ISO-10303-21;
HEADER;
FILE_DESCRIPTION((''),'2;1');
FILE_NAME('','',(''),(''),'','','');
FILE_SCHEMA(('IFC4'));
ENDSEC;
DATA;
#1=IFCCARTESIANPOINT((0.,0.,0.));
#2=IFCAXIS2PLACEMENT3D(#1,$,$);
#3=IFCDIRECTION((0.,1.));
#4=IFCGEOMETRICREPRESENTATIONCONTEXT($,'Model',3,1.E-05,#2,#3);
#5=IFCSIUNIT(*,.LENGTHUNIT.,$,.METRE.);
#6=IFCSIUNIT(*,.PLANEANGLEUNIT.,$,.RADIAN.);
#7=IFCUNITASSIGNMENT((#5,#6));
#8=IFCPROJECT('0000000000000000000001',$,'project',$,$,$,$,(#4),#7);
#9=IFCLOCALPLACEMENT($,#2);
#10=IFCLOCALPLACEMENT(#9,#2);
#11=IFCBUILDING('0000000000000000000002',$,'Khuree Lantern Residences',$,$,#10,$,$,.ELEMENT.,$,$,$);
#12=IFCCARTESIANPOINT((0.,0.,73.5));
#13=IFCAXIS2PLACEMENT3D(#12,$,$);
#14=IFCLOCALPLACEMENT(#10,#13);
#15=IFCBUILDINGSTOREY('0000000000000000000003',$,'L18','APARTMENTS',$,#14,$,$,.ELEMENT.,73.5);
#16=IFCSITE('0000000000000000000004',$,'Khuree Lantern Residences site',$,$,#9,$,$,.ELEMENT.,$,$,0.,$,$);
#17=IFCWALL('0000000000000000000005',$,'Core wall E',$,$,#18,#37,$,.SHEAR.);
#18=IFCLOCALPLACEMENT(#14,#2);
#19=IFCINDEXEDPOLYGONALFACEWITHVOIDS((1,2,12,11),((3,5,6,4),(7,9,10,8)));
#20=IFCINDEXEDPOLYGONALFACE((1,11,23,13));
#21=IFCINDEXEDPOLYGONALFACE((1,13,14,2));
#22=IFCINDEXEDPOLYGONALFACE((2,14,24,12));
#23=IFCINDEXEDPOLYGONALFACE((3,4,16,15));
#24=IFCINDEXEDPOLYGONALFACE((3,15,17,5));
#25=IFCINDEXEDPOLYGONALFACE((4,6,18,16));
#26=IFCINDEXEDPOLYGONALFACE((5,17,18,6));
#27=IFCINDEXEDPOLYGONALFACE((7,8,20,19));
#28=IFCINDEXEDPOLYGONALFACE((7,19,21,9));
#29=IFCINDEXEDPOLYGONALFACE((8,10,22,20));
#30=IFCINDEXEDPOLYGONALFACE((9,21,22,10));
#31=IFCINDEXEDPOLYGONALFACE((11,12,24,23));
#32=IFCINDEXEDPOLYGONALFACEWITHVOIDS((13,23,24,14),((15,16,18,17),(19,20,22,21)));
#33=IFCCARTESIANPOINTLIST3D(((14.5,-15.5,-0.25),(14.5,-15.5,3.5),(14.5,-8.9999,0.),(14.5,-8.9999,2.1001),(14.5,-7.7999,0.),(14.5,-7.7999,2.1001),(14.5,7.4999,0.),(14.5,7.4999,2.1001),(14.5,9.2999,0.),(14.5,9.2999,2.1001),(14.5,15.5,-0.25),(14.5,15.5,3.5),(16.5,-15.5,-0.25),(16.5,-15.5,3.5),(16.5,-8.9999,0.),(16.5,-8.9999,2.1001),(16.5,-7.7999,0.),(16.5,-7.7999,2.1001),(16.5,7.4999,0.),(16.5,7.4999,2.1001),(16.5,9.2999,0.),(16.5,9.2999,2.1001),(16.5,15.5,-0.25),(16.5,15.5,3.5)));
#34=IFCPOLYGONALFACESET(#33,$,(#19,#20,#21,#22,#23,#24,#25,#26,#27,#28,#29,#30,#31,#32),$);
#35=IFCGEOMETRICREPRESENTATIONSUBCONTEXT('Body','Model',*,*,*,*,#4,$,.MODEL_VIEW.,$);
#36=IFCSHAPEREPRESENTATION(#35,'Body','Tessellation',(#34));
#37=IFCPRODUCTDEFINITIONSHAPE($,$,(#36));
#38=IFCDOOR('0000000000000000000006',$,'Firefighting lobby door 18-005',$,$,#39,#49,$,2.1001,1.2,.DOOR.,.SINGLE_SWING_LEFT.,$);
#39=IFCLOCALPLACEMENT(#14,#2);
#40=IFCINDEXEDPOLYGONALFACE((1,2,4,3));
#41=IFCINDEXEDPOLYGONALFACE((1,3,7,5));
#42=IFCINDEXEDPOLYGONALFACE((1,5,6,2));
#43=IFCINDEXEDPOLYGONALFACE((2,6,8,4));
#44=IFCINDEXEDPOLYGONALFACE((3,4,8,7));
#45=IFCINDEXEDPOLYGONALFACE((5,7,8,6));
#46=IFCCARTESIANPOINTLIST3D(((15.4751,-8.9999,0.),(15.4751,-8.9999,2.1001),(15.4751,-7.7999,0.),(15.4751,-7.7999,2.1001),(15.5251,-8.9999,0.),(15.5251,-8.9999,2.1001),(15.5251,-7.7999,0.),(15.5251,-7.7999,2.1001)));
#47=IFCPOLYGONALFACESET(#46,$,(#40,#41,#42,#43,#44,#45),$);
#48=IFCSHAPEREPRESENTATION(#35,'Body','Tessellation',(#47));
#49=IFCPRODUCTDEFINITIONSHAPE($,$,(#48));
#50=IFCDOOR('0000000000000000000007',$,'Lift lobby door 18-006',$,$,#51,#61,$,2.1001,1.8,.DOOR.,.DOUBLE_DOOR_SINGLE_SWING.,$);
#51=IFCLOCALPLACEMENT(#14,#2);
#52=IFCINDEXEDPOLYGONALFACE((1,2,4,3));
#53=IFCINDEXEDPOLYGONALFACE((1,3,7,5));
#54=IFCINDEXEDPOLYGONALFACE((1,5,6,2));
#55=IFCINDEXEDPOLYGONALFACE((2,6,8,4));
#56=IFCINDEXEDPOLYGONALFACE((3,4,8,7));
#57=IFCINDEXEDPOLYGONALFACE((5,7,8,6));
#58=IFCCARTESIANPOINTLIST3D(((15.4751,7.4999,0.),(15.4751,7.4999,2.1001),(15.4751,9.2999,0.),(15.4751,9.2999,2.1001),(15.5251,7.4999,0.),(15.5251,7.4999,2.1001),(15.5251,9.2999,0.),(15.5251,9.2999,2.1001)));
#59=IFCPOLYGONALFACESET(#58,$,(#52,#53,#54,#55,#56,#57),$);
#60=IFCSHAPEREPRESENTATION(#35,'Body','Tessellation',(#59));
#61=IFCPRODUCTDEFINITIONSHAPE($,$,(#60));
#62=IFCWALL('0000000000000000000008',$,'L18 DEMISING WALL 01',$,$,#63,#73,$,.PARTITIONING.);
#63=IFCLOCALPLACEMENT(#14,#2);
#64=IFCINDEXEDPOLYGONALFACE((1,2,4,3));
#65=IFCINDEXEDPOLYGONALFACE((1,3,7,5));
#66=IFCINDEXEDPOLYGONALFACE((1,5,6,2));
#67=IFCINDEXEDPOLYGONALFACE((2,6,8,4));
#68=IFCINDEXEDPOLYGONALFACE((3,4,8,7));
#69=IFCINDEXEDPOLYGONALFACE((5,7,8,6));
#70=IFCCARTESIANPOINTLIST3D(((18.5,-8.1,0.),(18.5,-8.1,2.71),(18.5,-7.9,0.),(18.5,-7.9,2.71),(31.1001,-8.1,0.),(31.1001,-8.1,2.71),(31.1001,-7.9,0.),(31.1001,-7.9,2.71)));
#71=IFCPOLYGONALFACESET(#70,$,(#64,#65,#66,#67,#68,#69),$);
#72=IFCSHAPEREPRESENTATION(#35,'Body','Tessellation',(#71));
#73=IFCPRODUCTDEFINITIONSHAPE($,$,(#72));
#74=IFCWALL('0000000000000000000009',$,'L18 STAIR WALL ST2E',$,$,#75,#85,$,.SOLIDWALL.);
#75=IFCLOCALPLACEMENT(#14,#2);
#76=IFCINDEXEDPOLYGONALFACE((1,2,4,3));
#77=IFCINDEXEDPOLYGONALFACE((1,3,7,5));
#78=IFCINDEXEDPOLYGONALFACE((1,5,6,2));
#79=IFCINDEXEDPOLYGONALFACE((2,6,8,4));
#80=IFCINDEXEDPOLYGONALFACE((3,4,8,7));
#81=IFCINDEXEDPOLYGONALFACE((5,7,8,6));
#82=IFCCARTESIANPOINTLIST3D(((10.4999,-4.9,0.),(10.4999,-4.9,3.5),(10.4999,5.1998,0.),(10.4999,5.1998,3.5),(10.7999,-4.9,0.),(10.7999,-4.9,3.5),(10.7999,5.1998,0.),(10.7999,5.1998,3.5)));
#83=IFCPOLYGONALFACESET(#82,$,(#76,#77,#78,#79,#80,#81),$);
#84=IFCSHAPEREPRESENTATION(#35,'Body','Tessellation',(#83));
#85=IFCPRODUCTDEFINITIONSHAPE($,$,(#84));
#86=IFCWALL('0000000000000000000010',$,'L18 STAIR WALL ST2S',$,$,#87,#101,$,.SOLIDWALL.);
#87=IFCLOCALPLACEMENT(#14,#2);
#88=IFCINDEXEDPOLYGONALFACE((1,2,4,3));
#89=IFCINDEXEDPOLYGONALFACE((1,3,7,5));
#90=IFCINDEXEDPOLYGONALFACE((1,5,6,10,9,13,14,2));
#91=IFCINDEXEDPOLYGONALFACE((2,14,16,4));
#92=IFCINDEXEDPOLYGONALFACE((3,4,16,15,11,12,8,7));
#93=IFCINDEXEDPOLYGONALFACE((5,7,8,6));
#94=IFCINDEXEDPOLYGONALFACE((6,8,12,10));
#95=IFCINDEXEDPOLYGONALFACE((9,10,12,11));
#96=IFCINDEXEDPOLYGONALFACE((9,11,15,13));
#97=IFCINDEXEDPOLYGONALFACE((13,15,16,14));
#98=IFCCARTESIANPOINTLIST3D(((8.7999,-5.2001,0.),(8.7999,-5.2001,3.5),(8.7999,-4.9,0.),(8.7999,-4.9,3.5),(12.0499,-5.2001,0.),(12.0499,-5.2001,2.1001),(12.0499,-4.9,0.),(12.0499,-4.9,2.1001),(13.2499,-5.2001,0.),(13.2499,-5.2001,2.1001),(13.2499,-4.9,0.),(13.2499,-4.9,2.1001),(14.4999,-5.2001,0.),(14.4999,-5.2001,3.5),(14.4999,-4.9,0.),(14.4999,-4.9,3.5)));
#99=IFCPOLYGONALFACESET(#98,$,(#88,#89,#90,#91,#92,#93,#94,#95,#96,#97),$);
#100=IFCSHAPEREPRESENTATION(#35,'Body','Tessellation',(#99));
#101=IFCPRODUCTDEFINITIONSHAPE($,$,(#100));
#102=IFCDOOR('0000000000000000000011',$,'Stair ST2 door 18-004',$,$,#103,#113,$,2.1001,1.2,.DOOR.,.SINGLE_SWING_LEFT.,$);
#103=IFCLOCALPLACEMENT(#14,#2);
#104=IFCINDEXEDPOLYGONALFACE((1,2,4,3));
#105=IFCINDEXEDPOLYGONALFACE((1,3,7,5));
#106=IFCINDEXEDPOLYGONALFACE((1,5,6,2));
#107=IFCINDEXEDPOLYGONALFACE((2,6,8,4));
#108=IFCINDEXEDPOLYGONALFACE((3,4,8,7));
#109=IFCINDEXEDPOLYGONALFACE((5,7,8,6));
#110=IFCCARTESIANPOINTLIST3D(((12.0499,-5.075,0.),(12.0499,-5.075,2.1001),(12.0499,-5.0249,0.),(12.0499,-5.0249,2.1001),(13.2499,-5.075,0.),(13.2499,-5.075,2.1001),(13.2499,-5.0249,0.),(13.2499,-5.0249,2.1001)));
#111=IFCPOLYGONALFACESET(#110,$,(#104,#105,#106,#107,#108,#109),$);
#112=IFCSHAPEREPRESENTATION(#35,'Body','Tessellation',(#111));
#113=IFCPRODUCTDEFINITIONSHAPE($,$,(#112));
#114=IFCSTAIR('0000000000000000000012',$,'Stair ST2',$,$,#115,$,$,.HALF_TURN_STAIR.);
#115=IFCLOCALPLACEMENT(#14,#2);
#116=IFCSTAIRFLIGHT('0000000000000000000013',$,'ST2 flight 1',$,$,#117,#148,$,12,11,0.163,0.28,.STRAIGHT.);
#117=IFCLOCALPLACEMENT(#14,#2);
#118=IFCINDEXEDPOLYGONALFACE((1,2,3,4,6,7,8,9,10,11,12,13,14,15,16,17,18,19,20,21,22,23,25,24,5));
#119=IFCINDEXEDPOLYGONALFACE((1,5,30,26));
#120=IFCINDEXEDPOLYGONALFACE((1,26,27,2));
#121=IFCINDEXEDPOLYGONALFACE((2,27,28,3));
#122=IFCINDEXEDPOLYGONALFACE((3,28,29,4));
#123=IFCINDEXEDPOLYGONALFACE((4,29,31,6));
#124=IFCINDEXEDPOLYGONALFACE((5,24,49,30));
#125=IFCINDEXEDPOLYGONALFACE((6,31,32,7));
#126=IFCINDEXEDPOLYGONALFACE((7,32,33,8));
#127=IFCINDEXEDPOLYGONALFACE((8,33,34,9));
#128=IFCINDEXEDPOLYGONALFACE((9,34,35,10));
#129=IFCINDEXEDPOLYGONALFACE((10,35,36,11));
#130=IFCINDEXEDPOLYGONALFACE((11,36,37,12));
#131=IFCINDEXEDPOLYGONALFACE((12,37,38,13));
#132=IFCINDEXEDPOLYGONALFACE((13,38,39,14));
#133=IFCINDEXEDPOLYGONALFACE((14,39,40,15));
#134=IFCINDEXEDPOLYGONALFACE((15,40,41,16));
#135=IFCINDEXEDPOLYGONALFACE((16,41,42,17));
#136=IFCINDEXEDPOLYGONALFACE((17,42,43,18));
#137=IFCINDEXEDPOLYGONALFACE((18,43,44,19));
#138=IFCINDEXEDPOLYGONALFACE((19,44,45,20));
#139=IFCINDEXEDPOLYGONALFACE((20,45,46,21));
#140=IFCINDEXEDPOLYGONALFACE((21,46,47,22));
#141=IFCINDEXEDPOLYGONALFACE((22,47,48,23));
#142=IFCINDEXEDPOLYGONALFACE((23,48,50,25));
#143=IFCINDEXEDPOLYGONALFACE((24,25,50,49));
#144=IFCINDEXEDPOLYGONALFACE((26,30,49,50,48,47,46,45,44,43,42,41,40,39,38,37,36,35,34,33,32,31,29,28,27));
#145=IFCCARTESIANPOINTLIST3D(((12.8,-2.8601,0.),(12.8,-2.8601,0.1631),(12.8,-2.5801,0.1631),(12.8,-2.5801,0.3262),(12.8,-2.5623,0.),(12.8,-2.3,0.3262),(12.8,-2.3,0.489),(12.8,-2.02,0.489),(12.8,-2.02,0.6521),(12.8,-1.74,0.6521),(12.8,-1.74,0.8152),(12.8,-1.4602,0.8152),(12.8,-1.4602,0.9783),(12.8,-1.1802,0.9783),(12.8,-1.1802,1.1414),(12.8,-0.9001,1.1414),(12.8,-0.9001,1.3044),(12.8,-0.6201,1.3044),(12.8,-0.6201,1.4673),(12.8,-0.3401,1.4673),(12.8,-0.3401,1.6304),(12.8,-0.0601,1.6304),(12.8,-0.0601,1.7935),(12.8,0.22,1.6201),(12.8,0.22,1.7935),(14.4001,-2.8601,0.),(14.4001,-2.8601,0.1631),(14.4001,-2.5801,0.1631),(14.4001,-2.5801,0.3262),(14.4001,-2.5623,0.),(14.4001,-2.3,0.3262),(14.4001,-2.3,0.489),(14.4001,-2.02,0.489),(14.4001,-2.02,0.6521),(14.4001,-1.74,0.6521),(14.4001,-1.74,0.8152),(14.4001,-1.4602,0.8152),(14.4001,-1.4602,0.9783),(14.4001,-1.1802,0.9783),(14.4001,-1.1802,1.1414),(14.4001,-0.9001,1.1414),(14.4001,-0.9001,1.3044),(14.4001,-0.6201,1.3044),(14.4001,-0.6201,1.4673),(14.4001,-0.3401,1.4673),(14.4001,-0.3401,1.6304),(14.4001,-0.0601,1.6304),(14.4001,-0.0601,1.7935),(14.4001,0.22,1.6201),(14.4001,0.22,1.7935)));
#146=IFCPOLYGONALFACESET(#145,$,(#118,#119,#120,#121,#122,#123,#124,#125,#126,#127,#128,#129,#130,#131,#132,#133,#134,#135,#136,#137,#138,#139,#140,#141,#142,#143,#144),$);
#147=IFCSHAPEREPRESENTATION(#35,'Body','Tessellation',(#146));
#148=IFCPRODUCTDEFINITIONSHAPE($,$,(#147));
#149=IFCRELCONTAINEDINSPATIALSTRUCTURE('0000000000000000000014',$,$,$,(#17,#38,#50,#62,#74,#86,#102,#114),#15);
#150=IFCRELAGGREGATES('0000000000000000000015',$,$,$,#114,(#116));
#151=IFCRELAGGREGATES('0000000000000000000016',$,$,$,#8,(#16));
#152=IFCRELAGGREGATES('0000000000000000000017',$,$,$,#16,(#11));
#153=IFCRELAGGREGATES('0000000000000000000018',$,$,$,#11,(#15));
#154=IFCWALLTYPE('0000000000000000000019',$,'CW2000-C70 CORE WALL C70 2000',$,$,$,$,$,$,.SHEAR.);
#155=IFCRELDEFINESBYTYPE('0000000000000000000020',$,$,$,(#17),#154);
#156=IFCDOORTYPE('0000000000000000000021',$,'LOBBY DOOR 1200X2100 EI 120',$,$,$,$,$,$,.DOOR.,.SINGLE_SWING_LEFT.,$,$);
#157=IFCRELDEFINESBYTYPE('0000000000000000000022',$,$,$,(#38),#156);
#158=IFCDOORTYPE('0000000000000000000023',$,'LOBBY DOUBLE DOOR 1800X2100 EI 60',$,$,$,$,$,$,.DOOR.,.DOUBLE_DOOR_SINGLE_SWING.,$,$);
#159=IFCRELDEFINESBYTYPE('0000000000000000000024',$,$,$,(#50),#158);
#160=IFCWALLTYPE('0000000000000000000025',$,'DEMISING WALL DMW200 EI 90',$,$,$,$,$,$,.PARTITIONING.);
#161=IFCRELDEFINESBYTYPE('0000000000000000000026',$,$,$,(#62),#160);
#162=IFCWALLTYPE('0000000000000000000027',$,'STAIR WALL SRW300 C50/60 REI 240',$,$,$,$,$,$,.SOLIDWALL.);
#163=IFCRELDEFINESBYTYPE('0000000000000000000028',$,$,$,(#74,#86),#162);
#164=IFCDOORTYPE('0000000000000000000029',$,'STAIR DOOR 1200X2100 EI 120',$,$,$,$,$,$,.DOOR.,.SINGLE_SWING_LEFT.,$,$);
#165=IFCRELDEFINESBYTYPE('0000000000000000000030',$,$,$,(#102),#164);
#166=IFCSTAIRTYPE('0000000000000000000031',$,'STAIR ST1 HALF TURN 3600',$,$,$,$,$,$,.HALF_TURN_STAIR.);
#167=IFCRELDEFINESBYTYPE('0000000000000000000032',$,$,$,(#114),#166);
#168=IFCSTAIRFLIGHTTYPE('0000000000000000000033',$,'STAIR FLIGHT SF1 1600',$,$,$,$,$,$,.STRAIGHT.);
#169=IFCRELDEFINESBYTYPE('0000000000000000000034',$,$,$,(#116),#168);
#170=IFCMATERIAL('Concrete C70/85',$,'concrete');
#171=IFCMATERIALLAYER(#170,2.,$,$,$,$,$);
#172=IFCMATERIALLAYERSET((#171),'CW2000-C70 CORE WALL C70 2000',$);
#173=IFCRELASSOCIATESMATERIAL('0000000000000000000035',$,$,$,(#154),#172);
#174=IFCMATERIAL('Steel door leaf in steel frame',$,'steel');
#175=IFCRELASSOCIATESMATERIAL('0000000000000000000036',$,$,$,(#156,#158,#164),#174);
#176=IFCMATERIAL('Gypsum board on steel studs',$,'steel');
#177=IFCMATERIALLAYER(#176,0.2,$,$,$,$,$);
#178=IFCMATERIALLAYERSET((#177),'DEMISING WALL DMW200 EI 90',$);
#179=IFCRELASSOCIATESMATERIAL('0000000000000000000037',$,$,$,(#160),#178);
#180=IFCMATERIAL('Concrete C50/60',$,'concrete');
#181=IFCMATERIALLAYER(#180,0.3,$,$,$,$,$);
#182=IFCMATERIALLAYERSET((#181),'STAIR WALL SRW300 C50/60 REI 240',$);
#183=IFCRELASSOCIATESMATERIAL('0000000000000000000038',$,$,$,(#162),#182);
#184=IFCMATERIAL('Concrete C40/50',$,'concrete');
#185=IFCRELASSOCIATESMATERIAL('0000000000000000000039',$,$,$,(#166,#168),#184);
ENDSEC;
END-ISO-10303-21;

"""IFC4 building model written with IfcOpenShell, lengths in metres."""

from ifc_helpers import new_model, si_unit, direction, frame, frame_2d, origin, place, context, subcontext, project, spatial, polyline, rectangle, outline, extrude, material, layer, layer_set, type_object, element, fill, aggregate, save


model = new_model("IFC4")

# Units and contexts
model_context = context("Model", 3, precision=1e-05, world=origin(), true_north=direction((0.0, 1.0)))
body_context = subcontext(model_context, "Body", "Model", "MODEL_VIEW")
ifc_project = project(units=[si_unit("LENGTHUNIT", "METRE"), si_unit("PLANEANGLEUNIT", "RADIAN")], contexts=[model_context])

# Site, building, storey
site_placement = place(None, origin())
site = spatial("IfcSite", under=ifc_project, at=site_placement, Name="Khuree Lantern Residences site", CompositionType="ELEMENT", RefElevation=0.0)
building_placement = place(site_placement, origin())
building = spatial("IfcBuilding", under=site, at=building_placement, Name="Khuree Lantern Residences", CompositionType="ELEMENT")
storey_placement = place(building_placement, frame((0.0, 0.0, 73.5)))
storey = spatial("IfcBuildingStorey", under=building, at=storey_placement, Name="L18", Description="APARTMENTS", CompositionType="ELEMENT", Elevation=73.5)

# Shared definitions
ifc_material_1 = material(Name="Concrete C70/85", Category="concrete")

# Wall, openings, doors
ifc_material_2 = material(Name="Gypsum board on steel studs", Category="steel")
ifc_layer_1 = layer(ifc_material_1, 2.0)
ifc_layer_set_1 = layer_set([ifc_layer_1], Name="CW2000-C70 CORE WALL C70 2000")
wall_type_1 = type_object("IfcWallType", Name="CW2000-C70 CORE WALL C70 2000", PredefinedType="SHEAR", material=ifc_layer_set_1)
wall_1_placement = place(storey_placement, frame((15.5, -15.5, -0.25), z_axis=(0.0, 0.0, 1.0), x_axis=(0.0, 1.0, 0.0)))
wall_1 = element("IfcWall", 1, at=wall_1_placement, inside=storey, type_object=wall_type_1, Name="Core wall E", PredefinedType="SHEAR", context=body_context, shape_type="SweptSolid", body=[
    extrude(rectangle(XDim=31.0, YDim=2.0, at=frame_2d((15.5, 0.0))), origin(), (0.0, 0.0, 1.0), 3.75),
])
opening_1_placement = place(wall_1_placement, frame((6.5, 0.0, 0.25)))
opening_1 = element("IfcOpeningElement", 2, at=opening_1_placement, cuts=wall_1, PredefinedType="OPENING", context=body_context, shape_type="SweptSolid", body=[
    extrude(rectangle(XDim=1.2, YDim=2.1001, at=frame_2d((0.6001, 1.05))), frame((0.0, 1.01, 0.0), z_axis=(0.0, -1.0, 0.0), x_axis=(1.0, 0.0, 0.0)), (0.0, 0.0, 1.0), 2.02),
])
opening_2_placement = place(wall_1_placement, frame((23.0, 0.0, 0.25)))
opening_2 = element("IfcOpeningElement", 3, at=opening_2_placement, cuts=wall_1, PredefinedType="OPENING", context=body_context, shape_type="SweptSolid", body=[
    extrude(rectangle(XDim=1.8, YDim=2.1001, at=frame_2d((0.8999, 1.05))), frame((0.0, 1.01, 0.0), z_axis=(0.0, -1.0, 0.0), x_axis=(1.0, 0.0, 0.0)), (0.0, 0.0, 1.0), 2.02),
])
ifc_material_3 = material(Name="Steel door leaf in steel frame", Category="steel")
door_type_1 = type_object("IfcDoorType", Name="LOBBY DOOR 1200X2100 EI 120", OperationType="SINGLE_SWING_LEFT", PredefinedType="DOOR", material=ifc_material_3)
door_1_placement = place(opening_1_placement, origin())
door_1 = element("IfcDoor", 4, at=door_1_placement, inside=storey, type_object=door_type_1, Name="Firefighting lobby door 18-005", OperationType="SINGLE_SWING_LEFT", OverallHeight=2.1001, OverallWidth=1.2, PredefinedType="DOOR", context=body_context, shape_type="SweptSolid", body=[
    extrude(rectangle(XDim=1.2, YDim=2.1001, at=frame_2d((0.6001, 1.05))), frame((0.0, 0.0249, 0.0), z_axis=(0.0, -1.0, 0.0), x_axis=(1.0, 0.0, 0.0)), (0.0, 0.0, 1.0), 0.05),
])
fill(opening_1, door_1)
door_type_2 = type_object("IfcDoorType", Name="LOBBY DOUBLE DOOR 1800X2100 EI 60", OperationType="DOUBLE_DOOR_SINGLE_SWING", PredefinedType="DOOR", material=ifc_material_3)
door_2_placement = place(opening_2_placement, origin())
door_2 = element("IfcDoor", 5, at=door_2_placement, inside=storey, type_object=door_type_2, Name="Lift lobby door 18-006", OperationType="DOUBLE_DOOR_SINGLE_SWING", OverallHeight=2.1001, OverallWidth=1.8, PredefinedType="DOOR", context=body_context, shape_type="SweptSolid", body=[
    extrude(rectangle(XDim=1.8, YDim=2.1001, at=frame_2d((0.8999, 1.05))), frame((0.0, 0.0249, 0.0), z_axis=(0.0, -1.0, 0.0), x_axis=(1.0, 0.0, 0.0)), (0.0, 0.0, 1.0), 0.05),
])
fill(opening_2, door_2)

# Walls
ifc_layer_2 = layer(ifc_material_2, 0.2)
ifc_layer_set_2 = layer_set([ifc_layer_2], Name="DEMISING WALL DMW200 EI 90")
wall_type_2 = type_object("IfcWallType", Name="DEMISING WALL DMW200 EI 90", PredefinedType="PARTITIONING", material=ifc_layer_set_2)
wall_2_placement = place(storey_placement, frame((18.5, -8.0, 0.0), z_axis=(0.0, 0.0, 1.0), x_axis=(1.0, 0.0, 0.0)))
element("IfcWall", 6, at=wall_2_placement, inside=storey, type_object=wall_type_2, Name="L18 DEMISING WALL 01", PredefinedType="PARTITIONING", context=body_context, shape_type="SweptSolid", body=[
    extrude(rectangle(XDim=12.6001, YDim=0.2, at=frame_2d((6.3, 0.0))), origin(), (0.0, 0.0, 1.0), 2.71),
])
ifc_material_4 = material(Name="Concrete C50/60", Category="concrete")
ifc_layer_3 = layer(ifc_material_4, 0.3)
ifc_layer_set_3 = layer_set([ifc_layer_3], Name="STAIR WALL SRW300 C50/60 REI 240")
wall_type_3 = type_object("IfcWallType", Name="STAIR WALL SRW300 C50/60 REI 240", PredefinedType="SOLIDWALL", material=ifc_layer_set_3)
wall_3_placement = place(storey_placement, frame((10.6499, -4.8999, 0.0), z_axis=(0.0, 0.0, 1.0), x_axis=(0.0, 1.0, 0.0)))
element("IfcWall", 7, at=wall_3_placement, inside=storey, type_object=wall_type_3, Name="L18 STAIR WALL ST2E", PredefinedType="SOLIDWALL", context=body_context, shape_type="SweptSolid", body=[
    extrude(rectangle(XDim=10.0999, YDim=0.3, at=frame_2d((5.0498, 0.0))), origin(), (0.0, 0.0, 1.0), 3.5),
])

# Wall, opening, door
wall_4_placement = place(storey_placement, frame((14.5, -5.05, 0.0), z_axis=(0.0, 0.0, 1.0), x_axis=(-1.0, 0.0, 0.0)))
wall_4 = element("IfcWall", 8, at=wall_4_placement, inside=storey, type_object=wall_type_3, Name="L18 STAIR WALL ST2S", PredefinedType="SOLIDWALL", context=body_context, shape_type="SweptSolid", body=[
    extrude(rectangle(XDim=5.7, YDim=0.3, at=frame_2d((2.8501, 0.0))), origin(), (0.0, 0.0, 1.0), 3.5),
])
opening_3_placement = place(wall_4_placement, frame((1.25, 0.0, 0.0)))
opening_3 = element("IfcOpeningElement", 9, at=opening_3_placement, cuts=wall_4, PredefinedType="OPENING", context=body_context, shape_type="SweptSolid", body=[
    extrude(rectangle(XDim=1.2, YDim=2.1001, at=frame_2d((0.6001, 1.05))), frame((0.0, 0.1602, 0.0), z_axis=(0.0, -1.0, 0.0), x_axis=(1.0, 0.0, 0.0)), (0.0, 0.0, 1.0), 0.3201),
])
door_type_3 = type_object("IfcDoorType", Name="STAIR DOOR 1200X2100 EI 120", OperationType="SINGLE_SWING_LEFT", PredefinedType="DOOR", material=ifc_material_3)
door_3_placement = place(opening_3_placement, origin())
door_3 = element("IfcDoor", 10, at=door_3_placement, inside=storey, type_object=door_type_3, Name="Stair ST2 door 18-004", OperationType="SINGLE_SWING_LEFT", OverallHeight=2.1001, OverallWidth=1.2, PredefinedType="DOOR", context=body_context, shape_type="SweptSolid", body=[
    extrude(rectangle(XDim=1.2, YDim=2.1001, at=frame_2d((0.6001, 1.05))), frame((0.0, 0.0249, 0.0), z_axis=(0.0, -1.0, 0.0), x_axis=(1.0, 0.0, 0.0)), (0.0, 0.0, 1.0), 0.05),
])
fill(opening_3, door_3)

# Stair, stair flight
ifc_material_5 = material(Name="Concrete C40/50", Category="concrete")
stair_type = type_object("IfcStairType", Name="STAIR ST1 HALF TURN 3600", PredefinedType="HALF_TURN_STAIR", material=ifc_material_5)
stair_placement = place(storey_placement, origin())
stair = element("IfcStair", 11, at=stair_placement, inside=storey, type_object=stair_type, Name="Stair ST2", PredefinedType="HALF_TURN_STAIR")
stair_flight_type = type_object("IfcStairFlightType", Name="STAIR FLIGHT SF1 1600", PredefinedType="STRAIGHT", material=ifc_material_5)
stair_flight_1_placement = place(storey_placement, frame((13.6001, -2.8601, 0.0), z_axis=(0.0, 0.0, 1.0), x_axis=(0.0, 1.0, 0.0)))
stair_flight_1 = element("IfcStairFlight", 12, at=stair_flight_1_placement, type_object=stair_flight_type, Name="ST2 flight 1", NumberOfRisers=12, NumberOfTreads=11, PredefinedType="STRAIGHT", RiserHeight=0.163, TreadLength=0.28, context=body_context, shape_type="SweptSolid", body=[
    extrude(outline(polyline([(0.0, 0.0), (0.0, 0.1631), (0.28, 0.1631), (0.28, 0.3262), (0.5601, 0.3262), (0.5601, 0.489), (0.8401, 0.489), (0.8401, 0.6521), (1.1201, 0.6521), (1.1201, 0.8152), (1.3999, 0.8152), (1.3999, 0.9783), (1.6799, 0.9783), (1.6799, 1.1414), (1.96, 1.1414), (1.96, 1.3044), (2.24, 1.3044), (2.24, 1.4673), (2.52, 1.4673), (2.52, 1.6304), (2.8, 1.6304), (2.8, 1.7935), (3.0801, 1.7935), (3.0801, 1.9565), (3.0801, 1.6201), (0.2979, 0.0), (0.0, 0.0)])), frame((0.0, 0.8, 0.0), z_axis=(0.0, -1.0, 0.0), x_axis=(1.0, 0.0, 0.0)), (0.0, 0.0, 1.0), 1.6001),
])
aggregate(stair, [stair_flight_1])

save(model, "model.ifc")
